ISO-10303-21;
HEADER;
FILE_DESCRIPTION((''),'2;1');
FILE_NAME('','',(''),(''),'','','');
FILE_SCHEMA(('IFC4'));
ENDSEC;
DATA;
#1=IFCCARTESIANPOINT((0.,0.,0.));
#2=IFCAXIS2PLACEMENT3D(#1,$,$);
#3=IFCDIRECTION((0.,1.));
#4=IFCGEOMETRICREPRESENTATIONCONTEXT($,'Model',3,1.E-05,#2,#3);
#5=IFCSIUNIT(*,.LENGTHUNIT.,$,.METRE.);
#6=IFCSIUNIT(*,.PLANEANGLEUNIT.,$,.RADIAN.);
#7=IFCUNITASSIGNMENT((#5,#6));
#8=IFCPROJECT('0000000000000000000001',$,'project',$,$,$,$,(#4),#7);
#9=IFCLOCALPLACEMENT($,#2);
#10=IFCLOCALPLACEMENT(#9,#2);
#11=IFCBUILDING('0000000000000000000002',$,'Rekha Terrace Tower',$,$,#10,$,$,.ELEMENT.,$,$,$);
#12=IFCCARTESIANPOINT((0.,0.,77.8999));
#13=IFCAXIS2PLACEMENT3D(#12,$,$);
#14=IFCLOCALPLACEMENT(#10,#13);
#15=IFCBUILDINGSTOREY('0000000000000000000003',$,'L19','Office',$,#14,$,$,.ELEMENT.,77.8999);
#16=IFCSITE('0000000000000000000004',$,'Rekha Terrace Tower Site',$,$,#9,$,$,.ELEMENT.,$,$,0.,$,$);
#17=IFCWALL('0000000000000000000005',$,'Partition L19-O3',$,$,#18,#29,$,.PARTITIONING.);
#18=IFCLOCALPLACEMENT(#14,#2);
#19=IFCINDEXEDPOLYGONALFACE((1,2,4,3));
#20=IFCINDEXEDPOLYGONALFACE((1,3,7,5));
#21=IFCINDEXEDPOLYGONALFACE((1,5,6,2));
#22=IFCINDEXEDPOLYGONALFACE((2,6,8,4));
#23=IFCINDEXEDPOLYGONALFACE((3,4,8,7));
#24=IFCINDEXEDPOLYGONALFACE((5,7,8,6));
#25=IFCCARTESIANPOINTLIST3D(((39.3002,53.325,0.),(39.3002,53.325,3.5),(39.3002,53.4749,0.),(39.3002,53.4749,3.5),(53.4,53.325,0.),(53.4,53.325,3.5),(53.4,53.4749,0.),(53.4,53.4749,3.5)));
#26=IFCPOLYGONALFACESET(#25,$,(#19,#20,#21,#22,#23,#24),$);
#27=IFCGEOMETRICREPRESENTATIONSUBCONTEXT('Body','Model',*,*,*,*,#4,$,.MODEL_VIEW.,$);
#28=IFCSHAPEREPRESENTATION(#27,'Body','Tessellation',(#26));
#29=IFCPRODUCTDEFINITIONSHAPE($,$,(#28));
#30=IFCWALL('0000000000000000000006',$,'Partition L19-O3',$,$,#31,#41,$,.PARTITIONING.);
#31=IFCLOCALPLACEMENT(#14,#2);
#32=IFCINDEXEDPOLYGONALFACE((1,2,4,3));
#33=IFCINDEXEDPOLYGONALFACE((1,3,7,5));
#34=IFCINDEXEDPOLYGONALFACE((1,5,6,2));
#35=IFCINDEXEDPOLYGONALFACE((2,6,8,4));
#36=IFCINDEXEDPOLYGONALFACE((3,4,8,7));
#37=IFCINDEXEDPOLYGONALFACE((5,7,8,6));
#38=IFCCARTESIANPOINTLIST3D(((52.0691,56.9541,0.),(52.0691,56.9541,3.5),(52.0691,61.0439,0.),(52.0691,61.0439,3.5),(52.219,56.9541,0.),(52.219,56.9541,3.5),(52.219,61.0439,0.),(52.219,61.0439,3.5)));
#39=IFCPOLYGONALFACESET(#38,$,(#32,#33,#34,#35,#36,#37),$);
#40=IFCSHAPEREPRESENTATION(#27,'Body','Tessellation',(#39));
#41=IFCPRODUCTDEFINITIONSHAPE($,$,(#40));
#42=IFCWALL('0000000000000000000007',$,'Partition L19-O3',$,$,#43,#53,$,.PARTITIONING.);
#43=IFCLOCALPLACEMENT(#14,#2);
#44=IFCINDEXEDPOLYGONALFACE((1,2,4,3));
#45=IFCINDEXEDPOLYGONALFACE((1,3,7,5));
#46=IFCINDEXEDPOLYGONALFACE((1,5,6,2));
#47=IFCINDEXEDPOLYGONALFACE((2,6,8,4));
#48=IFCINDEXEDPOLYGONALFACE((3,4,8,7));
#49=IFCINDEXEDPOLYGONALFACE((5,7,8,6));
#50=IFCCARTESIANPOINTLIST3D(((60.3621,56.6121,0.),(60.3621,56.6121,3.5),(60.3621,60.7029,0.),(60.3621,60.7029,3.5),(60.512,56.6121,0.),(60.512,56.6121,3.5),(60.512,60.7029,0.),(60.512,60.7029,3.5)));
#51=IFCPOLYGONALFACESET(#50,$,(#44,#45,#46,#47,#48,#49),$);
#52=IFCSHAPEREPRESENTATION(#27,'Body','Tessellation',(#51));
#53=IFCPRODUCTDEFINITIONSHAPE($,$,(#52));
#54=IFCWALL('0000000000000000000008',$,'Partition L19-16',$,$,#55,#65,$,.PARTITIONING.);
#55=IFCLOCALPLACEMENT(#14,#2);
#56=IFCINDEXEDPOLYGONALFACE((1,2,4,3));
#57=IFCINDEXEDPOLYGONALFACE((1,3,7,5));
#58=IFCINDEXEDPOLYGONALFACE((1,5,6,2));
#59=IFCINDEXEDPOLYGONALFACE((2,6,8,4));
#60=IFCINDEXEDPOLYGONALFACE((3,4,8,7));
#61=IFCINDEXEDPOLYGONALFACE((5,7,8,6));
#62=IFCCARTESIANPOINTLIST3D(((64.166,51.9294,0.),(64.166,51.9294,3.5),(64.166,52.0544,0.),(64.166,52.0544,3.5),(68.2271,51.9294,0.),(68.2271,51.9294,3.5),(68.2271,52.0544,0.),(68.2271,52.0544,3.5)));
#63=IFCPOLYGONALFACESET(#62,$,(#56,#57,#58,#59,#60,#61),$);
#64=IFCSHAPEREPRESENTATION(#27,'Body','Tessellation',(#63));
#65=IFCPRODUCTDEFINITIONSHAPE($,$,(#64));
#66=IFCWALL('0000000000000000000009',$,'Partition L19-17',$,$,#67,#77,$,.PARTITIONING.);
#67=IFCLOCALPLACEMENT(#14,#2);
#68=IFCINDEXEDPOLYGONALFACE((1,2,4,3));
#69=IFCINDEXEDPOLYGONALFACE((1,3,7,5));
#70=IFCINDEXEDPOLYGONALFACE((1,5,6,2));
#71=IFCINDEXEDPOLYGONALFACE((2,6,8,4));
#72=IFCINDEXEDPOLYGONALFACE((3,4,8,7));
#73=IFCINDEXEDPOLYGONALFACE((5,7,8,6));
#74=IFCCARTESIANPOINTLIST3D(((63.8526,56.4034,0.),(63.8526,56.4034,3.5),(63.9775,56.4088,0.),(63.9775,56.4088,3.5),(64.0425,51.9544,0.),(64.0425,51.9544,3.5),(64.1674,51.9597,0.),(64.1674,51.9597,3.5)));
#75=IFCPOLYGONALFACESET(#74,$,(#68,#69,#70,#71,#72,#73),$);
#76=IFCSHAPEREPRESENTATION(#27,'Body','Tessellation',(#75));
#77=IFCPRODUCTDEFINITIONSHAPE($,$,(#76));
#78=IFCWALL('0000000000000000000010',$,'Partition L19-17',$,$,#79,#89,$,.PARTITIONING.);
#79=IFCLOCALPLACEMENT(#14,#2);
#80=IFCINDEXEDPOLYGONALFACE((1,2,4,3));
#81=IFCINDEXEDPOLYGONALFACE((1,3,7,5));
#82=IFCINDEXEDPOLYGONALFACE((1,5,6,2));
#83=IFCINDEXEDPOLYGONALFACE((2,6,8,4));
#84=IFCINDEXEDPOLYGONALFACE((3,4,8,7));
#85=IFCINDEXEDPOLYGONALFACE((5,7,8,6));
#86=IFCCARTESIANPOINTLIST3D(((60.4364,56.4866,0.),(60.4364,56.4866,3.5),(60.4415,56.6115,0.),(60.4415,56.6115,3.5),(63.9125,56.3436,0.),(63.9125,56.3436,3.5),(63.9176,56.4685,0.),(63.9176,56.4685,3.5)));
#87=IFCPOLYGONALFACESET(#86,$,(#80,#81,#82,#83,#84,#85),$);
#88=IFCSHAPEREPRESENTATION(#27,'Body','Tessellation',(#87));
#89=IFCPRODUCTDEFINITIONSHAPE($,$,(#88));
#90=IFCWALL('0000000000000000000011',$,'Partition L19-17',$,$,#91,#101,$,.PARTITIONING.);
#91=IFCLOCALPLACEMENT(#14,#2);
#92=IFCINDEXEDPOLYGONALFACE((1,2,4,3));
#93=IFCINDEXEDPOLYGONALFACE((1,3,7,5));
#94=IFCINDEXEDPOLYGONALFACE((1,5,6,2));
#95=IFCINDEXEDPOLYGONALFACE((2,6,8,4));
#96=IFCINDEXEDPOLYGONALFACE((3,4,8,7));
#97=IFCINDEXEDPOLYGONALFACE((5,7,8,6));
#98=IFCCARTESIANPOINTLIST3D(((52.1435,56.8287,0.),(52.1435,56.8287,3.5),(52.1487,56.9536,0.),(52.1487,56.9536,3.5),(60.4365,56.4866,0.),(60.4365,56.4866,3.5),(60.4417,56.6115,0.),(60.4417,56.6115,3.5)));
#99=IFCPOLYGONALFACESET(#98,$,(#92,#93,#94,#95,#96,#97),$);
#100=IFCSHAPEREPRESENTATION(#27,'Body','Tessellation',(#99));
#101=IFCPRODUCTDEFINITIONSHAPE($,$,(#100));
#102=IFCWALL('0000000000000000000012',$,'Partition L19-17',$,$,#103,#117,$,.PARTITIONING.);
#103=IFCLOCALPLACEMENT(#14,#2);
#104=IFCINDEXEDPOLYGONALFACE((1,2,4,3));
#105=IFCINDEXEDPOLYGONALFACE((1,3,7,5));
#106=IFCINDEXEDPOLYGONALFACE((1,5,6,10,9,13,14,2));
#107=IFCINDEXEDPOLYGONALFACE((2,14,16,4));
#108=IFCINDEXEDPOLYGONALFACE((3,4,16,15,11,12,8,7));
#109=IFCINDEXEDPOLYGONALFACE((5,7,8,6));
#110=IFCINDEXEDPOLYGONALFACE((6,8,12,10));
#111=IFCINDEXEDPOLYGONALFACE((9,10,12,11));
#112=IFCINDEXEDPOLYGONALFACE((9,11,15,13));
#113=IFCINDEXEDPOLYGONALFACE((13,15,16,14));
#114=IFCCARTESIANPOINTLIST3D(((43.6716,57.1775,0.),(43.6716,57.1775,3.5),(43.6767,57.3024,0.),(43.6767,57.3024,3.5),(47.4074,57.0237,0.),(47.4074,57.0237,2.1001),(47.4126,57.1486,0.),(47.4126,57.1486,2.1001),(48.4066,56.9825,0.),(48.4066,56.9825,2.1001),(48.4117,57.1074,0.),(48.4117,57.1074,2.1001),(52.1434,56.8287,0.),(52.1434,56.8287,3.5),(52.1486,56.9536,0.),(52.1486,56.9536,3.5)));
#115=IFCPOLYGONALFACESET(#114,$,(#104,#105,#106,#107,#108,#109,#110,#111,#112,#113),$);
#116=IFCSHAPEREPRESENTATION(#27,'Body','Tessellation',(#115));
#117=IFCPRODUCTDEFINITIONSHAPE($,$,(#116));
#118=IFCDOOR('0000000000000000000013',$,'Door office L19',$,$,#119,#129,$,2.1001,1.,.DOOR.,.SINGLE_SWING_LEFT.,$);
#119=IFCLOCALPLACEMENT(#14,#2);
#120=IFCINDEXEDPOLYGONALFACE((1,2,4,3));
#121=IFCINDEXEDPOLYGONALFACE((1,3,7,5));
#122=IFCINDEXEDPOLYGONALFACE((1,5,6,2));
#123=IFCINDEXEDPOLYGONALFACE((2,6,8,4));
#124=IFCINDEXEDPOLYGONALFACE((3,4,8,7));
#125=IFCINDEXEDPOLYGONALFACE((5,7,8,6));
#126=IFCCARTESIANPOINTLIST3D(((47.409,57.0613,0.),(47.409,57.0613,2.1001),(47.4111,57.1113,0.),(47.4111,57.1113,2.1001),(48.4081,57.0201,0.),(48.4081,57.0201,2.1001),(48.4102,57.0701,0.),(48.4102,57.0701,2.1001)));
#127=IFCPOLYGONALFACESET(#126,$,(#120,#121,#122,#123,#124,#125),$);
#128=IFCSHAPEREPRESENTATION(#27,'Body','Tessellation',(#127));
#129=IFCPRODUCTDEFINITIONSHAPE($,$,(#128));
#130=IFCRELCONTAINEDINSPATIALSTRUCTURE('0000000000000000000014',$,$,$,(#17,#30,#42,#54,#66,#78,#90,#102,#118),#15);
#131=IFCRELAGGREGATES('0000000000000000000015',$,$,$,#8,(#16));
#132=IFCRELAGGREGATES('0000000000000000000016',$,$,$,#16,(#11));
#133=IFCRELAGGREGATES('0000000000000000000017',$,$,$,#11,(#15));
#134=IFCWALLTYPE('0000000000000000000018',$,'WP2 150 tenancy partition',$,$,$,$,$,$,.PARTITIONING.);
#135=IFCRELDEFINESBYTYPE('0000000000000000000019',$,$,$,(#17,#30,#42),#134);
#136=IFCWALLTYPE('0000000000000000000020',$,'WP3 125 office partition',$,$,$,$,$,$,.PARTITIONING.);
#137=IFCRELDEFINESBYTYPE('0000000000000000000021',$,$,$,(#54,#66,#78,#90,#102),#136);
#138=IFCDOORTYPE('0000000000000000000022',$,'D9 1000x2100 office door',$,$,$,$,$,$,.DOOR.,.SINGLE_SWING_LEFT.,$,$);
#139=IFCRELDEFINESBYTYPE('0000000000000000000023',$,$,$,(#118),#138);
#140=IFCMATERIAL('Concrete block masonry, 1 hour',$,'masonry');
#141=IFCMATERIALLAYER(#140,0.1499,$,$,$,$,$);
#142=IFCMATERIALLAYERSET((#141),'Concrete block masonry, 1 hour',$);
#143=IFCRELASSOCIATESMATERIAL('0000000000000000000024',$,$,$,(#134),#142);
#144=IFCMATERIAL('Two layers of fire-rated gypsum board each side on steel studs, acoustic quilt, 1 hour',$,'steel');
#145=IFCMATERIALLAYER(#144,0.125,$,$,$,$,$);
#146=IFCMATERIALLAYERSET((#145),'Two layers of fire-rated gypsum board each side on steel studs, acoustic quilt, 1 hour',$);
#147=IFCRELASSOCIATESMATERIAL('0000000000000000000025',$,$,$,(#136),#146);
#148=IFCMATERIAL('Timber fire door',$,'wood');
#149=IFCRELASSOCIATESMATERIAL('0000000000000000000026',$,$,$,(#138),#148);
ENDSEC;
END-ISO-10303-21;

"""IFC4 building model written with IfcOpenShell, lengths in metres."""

from ifc_helpers import new_model, si_unit, direction, frame, frame_2d, origin, place, context, subcontext, project, spatial, rectangle, extrude, material, layer, layer_set, type_object, element, fill, save


model = new_model("IFC4")

# Units and contexts
model_context = context("Model", 3, precision=1e-05, world=origin(), true_north=direction((0.0, 1.0)))
body_context = subcontext(model_context, "Body", "Model", "MODEL_VIEW")
ifc_project = project(units=[si_unit("LENGTHUNIT", "METRE"), si_unit("PLANEANGLEUNIT", "RADIAN")], contexts=[model_context])

# Site, building, storey
site_placement = place(None, origin())
site = spatial("IfcSite", under=ifc_project, at=site_placement, Name="Rekha Terrace Tower Site", CompositionType="ELEMENT", RefElevation=0.0)
building_placement = place(site_placement, origin())
building = spatial("IfcBuilding", under=site, at=building_placement, Name="Rekha Terrace Tower", CompositionType="ELEMENT")
storey_placement = place(building_placement, frame((0.0, 0.0, 77.8999)))
storey = spatial("IfcBuildingStorey", under=building, at=storey_placement, Name="L19", Description="Office", CompositionType="ELEMENT", Elevation=77.8999)

# Walls
ifc_material_1 = material(Name="Concrete block masonry, 1 hour", Category="masonry")
ifc_layer_1 = layer(ifc_material_1, 0.1499)
ifc_layer_set_1 = layer_set([ifc_layer_1], Name="Concrete block masonry, 1 hour")
wall_type_1 = type_object("IfcWallType", Name="WP2 150 tenancy partition", PredefinedType="PARTITIONING", material=ifc_layer_set_1)
wall_1_placement = place(storey_placement, frame((53.3999, 53.3999, 0.0), z_axis=(0.0, 0.0, 1.0), x_axis=(-1.0, 0.0, 0.0)))
element("IfcWall", 1, at=wall_1_placement, inside=storey, type_object=wall_type_1, Name="Partition L19-O3", PredefinedType="PARTITIONING", context=body_context, shape_type="SweptSolid", body=[
    extrude(rectangle(XDim=14.0999, YDim=0.1499, at=frame_2d((7.0498, 0.0))), origin(), (0.0, 0.0, 1.0), 3.5),
])
wall_2_placement = place(storey_placement, frame((52.144, 56.9541, 0.0), z_axis=(0.0, 0.0, 1.0), x_axis=(0.0, 1.0, 0.0)))
element("IfcWall", 2, at=wall_2_placement, inside=storey, type_object=wall_type_1, Name="Partition L19-O3", PredefinedType="PARTITIONING", context=body_context, shape_type="SweptSolid", body=[
    extrude(rectangle(XDim=4.0898, YDim=0.1499, at=frame_2d((2.0449, 0.0))), origin(), (0.0, 0.0, 1.0), 3.5),
])
wall_3_placement = place(storey_placement, frame((60.437, 56.6121, 0.0), z_axis=(0.0, 0.0, 1.0), x_axis=(0.0, 1.0, 0.0)))
element("IfcWall", 3, at=wall_3_placement, inside=storey, type_object=wall_type_1, Name="Partition L19-O3", PredefinedType="PARTITIONING", context=body_context, shape_type="SweptSolid", body=[
    extrude(rectangle(XDim=4.0908, YDim=0.1499, at=frame_2d((2.0454, 0.0))), origin(), (0.0, 0.0, 1.0), 3.5),
])
ifc_material_2 = material(Name="Two layers of fire-rated gypsum board each side on steel studs, acoustic quilt, 1 hour", Category="steel")
ifc_layer_2 = layer(ifc_material_2, 0.125)
ifc_layer_set_2 = layer_set([ifc_layer_2], Name="Two layers of fire-rated gypsum board each side on steel studs, acoustic quilt, 1 hour")
wall_type_2 = type_object("IfcWallType", Name="WP3 125 office partition", PredefinedType="PARTITIONING", material=ifc_layer_set_2)
wall_4_placement = place(storey_placement, frame((64.166, 51.9919, 0.0), z_axis=(0.0, 0.0, 1.0), x_axis=(1.0, 0.0, 0.0)))
element("IfcWall", 4, at=wall_4_placement, inside=storey, type_object=wall_type_2, Name="Partition L19-16", PredefinedType="PARTITIONING", context=body_context, shape_type="SweptSolid", body=[
    extrude(rectangle(XDim=4.061, YDim=0.125, at=frame_2d((2.0305, 0.0))), origin(), (0.0, 0.0, 1.0), 3.5),
])
wall_5_placement = place(storey_placement, frame((64.105, 51.957, 0.0), z_axis=(0.0, 0.0, 1.0), x_axis=(-0.042654, 0.99909, 0.0)))
element("IfcWall", 5, at=wall_5_placement, inside=storey, type_object=wall_type_2, Name="Partition L19-17", PredefinedType="PARTITIONING", context=body_context, shape_type="SweptSolid", body=[
    extrude(rectangle(XDim=4.4531, YDim=0.125, at=frame_2d((2.2266, 0.0))), origin(), (0.0, 0.0, 1.0), 3.5),
])
wall_6_placement = place(storey_placement, frame((63.915, 56.406, 0.0), z_axis=(0.0, 0.0, 1.0), x_axis=(-0.999154, 0.041123, 0.0)))
element("IfcWall", 6, at=wall_6_placement, inside=storey, type_object=wall_type_2, Name="Partition L19-17", PredefinedType="PARTITIONING", context=body_context, shape_type="SweptSolid", body=[
    extrude(rectangle(XDim=3.479, YDim=0.125, at=frame_2d((1.7395, 0.0))), origin(), (0.0, 0.0, 1.0), 3.5),
])
wall_7_placement = place(storey_placement, frame((60.439, 56.5491, 0.0), z_axis=(0.0, 0.0, 1.0), x_axis=(-0.999151, 0.04121, 0.0)))
element("IfcWall", 7, at=wall_7_placement, inside=storey, type_object=wall_type_2, Name="Partition L19-17", PredefinedType="PARTITIONING", context=body_context, shape_type="SweptSolid", body=[
    extrude(rectangle(XDim=8.3, YDim=0.125, at=frame_2d((4.1499, 0.0))), origin(), (0.0, 0.0, 1.0), 3.5),
])

# Wall, opening, door
wall_8_placement = place(storey_placement, frame((52.146, 56.8911, 0.0), z_axis=(0.0, 0.0, 1.0), x_axis=(-0.999153, 0.041145, 0.0)))
wall_8 = element("IfcWall", 8, at=wall_8_placement, inside=storey, type_object=wall_type_2, Name="Partition L19-17", PredefinedType="PARTITIONING", context=body_context, shape_type="SweptSolid", body=[
    extrude(rectangle(XDim=8.479, YDim=0.125, at=frame_2d((4.2395, 0.0))), origin(), (0.0, 0.0, 1.0), 3.5),
])
opening_placement = place(wall_8_placement, frame((3.74, 0.0, 0.0)))
opening = element("IfcOpeningElement", 9, at=opening_placement, cuts=wall_8, PredefinedType="OPENING", context=body_context, shape_type="SweptSolid", body=[
    extrude(rectangle(XDim=1.0, YDim=2.1001, at=frame_2d((0.5, 1.05))), frame((0.0, 0.0725, 0.0), z_axis=(0.0, -1.0, 0.0), x_axis=(1.0, 0.0, 0.0)), (0.0, 0.0, 1.0), 0.145),
])
ifc_material_3 = material(Name="Timber fire door", Category="wood")
door_type = type_object("IfcDoorType", Name="D9 1000x2100 office door", OperationType="SINGLE_SWING_LEFT", PredefinedType="DOOR", material=ifc_material_3)
door_placement = place(opening_placement, origin())
door = element("IfcDoor", 10, at=door_placement, inside=storey, type_object=door_type, Name="Door office L19", OperationType="SINGLE_SWING_LEFT", OverallHeight=2.1001, OverallWidth=1.0, PredefinedType="DOOR", context=body_context, shape_type="SweptSolid", body=[
    extrude(rectangle(XDim=1.0, YDim=2.1001, at=frame_2d((0.5, 1.05))), frame((0.0, 0.0249, 0.0), z_axis=(0.0, -1.0, 0.0), x_axis=(1.0, 0.0, 0.0)), (0.0, 0.0, 1.0), 0.05),
])
fill(opening, door)

save(model, "model.ifc")
